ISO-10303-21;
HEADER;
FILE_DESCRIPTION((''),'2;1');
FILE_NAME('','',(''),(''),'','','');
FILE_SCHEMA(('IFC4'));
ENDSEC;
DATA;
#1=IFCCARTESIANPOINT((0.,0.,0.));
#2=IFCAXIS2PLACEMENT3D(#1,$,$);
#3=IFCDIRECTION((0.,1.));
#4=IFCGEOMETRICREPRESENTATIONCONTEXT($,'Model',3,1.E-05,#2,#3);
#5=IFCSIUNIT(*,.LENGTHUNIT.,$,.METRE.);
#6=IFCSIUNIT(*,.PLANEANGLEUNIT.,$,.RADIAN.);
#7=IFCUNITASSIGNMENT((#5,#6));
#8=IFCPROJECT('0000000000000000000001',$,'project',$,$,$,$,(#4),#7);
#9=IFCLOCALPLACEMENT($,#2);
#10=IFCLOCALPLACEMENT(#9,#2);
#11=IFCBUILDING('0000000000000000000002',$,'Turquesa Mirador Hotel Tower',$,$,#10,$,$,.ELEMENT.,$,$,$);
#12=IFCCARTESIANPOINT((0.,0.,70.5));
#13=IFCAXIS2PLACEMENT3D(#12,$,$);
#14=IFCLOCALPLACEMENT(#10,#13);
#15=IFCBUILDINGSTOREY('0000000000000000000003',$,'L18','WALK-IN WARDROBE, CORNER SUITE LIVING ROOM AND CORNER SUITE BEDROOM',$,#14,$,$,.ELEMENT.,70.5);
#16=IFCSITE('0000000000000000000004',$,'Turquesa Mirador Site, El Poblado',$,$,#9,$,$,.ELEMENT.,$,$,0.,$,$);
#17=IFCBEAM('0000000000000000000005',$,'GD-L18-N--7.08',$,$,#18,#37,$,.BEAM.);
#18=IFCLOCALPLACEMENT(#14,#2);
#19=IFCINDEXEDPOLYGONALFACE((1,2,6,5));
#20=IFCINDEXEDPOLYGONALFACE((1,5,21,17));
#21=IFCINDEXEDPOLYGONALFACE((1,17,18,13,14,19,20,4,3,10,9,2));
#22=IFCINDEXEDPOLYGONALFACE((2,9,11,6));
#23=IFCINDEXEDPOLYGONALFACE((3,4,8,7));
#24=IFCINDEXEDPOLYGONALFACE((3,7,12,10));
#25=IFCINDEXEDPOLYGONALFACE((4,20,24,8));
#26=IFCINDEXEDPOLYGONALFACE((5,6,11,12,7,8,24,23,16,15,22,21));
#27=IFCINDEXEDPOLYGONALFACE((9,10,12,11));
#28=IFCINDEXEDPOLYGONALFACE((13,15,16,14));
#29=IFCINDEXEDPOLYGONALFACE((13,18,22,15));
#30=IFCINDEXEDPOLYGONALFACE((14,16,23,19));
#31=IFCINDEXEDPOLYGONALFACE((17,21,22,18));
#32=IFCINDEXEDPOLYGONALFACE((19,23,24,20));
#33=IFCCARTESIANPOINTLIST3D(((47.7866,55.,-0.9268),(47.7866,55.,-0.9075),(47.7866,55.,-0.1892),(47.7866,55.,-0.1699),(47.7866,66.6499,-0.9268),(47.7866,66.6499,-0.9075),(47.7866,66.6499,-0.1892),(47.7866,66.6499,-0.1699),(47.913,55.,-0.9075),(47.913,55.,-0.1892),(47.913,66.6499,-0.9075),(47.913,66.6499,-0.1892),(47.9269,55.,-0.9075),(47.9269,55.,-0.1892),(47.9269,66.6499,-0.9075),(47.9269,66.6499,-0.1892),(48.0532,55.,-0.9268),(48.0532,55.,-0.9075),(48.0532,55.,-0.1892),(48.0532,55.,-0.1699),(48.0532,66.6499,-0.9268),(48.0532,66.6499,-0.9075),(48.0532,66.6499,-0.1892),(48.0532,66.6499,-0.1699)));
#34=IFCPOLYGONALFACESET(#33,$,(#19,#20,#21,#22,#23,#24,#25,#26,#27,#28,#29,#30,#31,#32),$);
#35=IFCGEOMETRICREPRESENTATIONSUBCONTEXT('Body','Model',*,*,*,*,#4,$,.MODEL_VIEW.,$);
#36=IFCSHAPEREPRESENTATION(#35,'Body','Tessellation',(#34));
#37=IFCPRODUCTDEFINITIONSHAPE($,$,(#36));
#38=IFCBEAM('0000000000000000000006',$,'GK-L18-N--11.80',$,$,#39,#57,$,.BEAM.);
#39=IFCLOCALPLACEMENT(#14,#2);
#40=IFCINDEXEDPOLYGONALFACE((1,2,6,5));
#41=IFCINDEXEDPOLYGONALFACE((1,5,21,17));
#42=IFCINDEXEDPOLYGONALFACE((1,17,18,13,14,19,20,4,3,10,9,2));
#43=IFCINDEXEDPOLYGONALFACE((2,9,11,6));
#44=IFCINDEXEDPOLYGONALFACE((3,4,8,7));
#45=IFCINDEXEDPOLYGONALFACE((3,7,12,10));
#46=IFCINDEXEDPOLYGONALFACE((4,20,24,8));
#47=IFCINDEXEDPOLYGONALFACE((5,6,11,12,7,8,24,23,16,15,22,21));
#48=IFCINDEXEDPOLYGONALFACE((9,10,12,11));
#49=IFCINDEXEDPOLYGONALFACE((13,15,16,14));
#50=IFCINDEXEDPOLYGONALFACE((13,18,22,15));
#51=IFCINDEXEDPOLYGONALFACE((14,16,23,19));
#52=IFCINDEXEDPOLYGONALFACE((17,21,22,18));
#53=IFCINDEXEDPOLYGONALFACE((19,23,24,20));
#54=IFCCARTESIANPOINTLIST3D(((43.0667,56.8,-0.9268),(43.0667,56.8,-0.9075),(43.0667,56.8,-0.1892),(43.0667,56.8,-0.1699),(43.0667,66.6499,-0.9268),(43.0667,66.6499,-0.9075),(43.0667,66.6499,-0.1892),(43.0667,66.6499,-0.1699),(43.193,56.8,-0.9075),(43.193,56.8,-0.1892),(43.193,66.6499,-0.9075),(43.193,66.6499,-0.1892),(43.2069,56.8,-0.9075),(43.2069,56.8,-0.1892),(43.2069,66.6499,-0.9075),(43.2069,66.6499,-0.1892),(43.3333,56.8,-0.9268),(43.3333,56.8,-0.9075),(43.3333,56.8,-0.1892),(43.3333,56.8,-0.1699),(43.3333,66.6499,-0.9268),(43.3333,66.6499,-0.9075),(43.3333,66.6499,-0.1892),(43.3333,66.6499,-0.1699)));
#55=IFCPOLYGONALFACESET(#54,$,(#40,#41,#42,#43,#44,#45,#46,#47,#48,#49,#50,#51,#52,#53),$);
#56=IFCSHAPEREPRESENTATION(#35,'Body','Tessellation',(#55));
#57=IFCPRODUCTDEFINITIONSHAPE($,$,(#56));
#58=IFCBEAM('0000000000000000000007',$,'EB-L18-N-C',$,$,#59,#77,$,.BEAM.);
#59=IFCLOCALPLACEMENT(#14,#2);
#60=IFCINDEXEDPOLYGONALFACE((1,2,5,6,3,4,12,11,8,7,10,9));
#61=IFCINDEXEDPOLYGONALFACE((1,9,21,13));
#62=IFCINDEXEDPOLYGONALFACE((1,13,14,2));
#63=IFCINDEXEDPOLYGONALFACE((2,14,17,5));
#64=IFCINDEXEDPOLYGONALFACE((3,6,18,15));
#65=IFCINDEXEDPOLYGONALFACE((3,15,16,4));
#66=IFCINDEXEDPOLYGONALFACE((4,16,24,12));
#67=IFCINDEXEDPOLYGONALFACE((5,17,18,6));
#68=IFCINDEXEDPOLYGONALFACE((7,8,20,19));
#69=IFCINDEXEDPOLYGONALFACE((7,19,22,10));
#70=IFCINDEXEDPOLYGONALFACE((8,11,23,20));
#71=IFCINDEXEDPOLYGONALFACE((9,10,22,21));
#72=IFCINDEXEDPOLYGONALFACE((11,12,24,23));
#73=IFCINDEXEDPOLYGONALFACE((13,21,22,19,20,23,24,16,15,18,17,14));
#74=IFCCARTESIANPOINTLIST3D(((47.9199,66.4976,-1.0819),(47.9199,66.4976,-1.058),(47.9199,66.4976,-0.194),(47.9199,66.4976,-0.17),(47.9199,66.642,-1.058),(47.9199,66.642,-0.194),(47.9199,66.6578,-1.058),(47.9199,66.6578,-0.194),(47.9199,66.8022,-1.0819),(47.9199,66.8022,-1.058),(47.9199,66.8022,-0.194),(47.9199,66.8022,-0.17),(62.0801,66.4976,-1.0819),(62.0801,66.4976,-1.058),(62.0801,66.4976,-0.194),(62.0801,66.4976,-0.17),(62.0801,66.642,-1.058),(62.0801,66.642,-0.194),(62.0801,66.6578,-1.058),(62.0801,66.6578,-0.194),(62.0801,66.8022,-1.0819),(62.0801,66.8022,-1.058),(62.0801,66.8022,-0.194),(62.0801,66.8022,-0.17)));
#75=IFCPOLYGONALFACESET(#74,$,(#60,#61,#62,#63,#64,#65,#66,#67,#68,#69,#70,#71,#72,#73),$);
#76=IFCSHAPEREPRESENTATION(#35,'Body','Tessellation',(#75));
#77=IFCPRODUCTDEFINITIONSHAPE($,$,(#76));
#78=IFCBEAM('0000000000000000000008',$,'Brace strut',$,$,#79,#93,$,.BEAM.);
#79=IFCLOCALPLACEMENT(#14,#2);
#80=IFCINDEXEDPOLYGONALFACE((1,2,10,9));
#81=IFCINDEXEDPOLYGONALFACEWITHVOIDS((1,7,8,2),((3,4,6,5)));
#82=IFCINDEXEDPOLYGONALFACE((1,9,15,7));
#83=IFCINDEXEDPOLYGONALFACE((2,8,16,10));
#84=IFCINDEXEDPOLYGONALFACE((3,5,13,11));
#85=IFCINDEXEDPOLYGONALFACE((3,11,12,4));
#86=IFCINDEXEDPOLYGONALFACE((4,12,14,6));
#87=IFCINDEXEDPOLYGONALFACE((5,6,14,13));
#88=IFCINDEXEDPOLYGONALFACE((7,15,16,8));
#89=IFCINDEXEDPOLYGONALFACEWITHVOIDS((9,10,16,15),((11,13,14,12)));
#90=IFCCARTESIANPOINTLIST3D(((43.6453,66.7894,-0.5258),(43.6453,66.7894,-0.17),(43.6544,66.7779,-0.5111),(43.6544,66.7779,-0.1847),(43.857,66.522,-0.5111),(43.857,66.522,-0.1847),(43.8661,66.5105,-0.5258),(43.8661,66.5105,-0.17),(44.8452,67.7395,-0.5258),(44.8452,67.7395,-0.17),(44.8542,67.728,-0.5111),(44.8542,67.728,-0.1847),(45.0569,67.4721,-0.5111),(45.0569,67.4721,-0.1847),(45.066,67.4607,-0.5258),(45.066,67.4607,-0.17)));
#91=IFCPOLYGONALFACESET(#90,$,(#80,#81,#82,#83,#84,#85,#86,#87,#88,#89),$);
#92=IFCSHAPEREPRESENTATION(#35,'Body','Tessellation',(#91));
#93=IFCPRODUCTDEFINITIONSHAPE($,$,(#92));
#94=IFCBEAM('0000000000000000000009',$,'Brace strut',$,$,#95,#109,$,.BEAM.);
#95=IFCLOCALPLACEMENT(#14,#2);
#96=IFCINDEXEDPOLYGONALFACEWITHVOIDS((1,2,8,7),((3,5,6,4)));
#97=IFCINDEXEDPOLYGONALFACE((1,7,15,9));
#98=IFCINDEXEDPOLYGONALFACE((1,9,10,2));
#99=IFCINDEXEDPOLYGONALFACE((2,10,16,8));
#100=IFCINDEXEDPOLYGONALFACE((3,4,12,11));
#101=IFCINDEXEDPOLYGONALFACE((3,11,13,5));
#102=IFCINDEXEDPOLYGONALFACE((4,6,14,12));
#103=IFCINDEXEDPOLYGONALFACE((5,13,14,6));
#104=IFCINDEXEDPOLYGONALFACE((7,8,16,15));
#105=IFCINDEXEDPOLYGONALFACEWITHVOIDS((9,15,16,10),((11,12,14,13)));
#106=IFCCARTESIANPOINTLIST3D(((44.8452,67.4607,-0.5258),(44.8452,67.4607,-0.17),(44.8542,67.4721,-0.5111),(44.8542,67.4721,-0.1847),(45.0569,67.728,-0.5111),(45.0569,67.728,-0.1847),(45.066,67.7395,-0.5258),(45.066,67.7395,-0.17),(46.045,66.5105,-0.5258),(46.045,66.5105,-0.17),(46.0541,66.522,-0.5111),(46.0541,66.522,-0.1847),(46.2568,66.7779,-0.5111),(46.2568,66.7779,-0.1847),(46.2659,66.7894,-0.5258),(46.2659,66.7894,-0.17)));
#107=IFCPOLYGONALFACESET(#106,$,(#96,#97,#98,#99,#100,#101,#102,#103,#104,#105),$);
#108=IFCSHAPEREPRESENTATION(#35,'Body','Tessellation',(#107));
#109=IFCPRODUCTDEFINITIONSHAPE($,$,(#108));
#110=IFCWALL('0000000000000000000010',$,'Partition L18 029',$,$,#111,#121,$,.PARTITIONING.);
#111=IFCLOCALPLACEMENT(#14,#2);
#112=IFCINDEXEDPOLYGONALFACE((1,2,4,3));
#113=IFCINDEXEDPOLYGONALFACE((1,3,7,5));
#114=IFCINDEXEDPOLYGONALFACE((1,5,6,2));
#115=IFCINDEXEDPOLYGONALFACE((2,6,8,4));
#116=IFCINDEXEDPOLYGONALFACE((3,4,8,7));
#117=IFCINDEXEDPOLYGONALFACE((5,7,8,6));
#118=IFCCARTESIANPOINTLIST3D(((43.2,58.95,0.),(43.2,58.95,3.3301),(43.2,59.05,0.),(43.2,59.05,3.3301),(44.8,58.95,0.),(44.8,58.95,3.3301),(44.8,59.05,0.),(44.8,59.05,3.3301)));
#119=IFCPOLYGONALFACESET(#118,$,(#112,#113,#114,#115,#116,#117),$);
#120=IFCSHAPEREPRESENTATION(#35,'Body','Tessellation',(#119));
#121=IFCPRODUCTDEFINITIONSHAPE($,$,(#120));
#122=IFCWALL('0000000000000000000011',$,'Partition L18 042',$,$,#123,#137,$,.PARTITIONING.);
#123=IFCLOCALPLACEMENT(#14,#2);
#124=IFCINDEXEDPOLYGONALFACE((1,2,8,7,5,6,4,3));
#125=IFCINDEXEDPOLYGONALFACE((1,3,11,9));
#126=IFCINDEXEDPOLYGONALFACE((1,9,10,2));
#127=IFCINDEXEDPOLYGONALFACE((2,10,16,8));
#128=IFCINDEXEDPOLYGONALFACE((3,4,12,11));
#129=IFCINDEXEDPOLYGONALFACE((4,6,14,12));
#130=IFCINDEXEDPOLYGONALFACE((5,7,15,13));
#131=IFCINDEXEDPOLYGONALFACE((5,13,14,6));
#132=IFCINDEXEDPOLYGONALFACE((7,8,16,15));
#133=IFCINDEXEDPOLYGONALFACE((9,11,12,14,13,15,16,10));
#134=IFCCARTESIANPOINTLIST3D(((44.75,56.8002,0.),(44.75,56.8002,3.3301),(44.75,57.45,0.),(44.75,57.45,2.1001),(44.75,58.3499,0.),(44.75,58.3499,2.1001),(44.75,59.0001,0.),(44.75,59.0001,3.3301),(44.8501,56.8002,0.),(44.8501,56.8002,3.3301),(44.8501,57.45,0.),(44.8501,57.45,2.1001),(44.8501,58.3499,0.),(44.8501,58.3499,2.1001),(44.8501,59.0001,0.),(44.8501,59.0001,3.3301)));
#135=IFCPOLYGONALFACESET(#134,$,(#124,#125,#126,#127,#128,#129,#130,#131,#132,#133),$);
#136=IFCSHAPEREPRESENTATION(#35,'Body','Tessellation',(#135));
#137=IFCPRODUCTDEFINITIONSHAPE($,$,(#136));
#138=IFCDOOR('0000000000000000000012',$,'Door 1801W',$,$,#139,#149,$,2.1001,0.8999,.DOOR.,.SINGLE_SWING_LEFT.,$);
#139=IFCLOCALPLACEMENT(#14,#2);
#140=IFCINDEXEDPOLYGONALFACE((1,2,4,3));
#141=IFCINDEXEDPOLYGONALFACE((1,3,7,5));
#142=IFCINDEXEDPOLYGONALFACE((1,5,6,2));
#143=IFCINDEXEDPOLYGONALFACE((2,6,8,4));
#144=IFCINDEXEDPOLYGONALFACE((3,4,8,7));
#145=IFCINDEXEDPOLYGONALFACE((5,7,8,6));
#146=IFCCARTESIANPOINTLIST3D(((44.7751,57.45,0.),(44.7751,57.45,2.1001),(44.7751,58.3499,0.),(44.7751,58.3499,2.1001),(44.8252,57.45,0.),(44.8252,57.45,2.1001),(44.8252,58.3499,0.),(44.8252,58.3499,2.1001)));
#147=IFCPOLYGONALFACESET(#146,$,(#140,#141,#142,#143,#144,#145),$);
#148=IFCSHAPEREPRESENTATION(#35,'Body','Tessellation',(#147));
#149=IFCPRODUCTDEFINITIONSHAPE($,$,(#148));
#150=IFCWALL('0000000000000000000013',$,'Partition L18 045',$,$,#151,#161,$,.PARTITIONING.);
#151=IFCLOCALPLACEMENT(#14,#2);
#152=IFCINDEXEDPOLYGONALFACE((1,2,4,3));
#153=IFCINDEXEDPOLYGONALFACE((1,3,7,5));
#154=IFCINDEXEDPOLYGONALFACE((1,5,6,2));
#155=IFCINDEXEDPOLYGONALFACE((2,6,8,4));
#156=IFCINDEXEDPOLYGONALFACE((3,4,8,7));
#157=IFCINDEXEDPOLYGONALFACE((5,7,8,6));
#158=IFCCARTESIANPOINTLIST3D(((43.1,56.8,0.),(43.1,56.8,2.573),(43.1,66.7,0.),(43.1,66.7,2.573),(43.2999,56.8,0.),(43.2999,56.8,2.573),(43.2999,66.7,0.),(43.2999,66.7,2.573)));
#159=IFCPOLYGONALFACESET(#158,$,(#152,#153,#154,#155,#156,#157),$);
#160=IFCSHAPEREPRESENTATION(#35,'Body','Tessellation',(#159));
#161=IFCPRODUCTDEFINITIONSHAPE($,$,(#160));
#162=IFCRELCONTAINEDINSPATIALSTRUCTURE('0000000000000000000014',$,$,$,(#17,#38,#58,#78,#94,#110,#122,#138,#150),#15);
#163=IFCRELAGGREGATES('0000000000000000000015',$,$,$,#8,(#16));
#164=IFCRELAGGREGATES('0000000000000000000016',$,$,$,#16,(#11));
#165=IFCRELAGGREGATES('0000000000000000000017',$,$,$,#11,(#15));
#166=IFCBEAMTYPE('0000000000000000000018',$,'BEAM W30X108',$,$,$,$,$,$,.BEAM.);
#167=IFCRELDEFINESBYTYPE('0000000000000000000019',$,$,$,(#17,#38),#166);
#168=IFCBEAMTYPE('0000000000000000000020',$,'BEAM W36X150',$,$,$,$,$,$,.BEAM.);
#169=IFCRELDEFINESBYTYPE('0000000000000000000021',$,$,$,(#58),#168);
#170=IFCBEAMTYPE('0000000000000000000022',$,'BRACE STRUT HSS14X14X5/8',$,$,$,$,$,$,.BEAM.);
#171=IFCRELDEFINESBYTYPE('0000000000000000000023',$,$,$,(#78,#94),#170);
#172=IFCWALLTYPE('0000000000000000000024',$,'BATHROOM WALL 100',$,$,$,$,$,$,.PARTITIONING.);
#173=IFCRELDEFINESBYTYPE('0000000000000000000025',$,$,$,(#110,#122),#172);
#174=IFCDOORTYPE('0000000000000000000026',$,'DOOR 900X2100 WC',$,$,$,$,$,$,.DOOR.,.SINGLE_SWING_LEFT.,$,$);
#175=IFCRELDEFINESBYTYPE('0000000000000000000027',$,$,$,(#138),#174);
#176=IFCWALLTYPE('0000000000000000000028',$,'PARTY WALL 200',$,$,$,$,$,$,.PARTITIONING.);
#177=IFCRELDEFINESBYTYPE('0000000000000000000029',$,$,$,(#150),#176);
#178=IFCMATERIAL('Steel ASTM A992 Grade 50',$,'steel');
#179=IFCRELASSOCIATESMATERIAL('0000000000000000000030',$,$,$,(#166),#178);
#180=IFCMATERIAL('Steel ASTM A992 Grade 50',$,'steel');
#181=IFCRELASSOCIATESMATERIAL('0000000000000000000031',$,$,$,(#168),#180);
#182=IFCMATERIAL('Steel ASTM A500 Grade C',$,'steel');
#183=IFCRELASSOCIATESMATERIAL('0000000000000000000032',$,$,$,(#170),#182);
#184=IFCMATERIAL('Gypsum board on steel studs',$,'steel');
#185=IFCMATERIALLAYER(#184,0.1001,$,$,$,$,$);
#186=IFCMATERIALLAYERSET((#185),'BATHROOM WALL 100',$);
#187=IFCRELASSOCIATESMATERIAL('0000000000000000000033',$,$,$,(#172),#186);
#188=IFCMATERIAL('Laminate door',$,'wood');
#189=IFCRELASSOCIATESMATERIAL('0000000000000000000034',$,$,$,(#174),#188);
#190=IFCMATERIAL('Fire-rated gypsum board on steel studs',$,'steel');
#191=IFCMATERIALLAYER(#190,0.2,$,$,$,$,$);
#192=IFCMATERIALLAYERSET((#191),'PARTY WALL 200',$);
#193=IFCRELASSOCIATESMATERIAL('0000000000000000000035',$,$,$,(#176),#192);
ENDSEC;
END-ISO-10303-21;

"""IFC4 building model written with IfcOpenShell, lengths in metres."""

from ifc_helpers import new_model, si_unit, direction, frame, frame_2d, origin, origin_2d, place, context, subcontext, project, spatial, rectangle, hollow_rectangle, i_section, extrude, material, layer, layer_set, material_profile, profile_set, type_object, element, fill, save


model = new_model("IFC4")

# Units and contexts
model_context = context("Model", 3, precision=1e-05, world=origin(), true_north=direction((0.0, 1.0)))
body_context = subcontext(model_context, "Body", "Model", "MODEL_VIEW")
ifc_project = project(units=[si_unit("LENGTHUNIT", "METRE"), si_unit("PLANEANGLEUNIT", "RADIAN")], contexts=[model_context])

# Site, building, storey
site_placement = place(None, origin())
site = spatial("IfcSite", under=ifc_project, at=site_placement, Name="Turquesa Mirador Site, El Poblado", CompositionType="ELEMENT", RefElevation=0.0)
building_placement = place(site_placement, origin())
building = spatial("IfcBuilding", under=site, at=building_placement, Name="Turquesa Mirador Hotel Tower", CompositionType="ELEMENT")
storey_placement = place(building_placement, frame((0.0, 0.0, 70.5)))
storey = spatial("IfcBuildingStorey", under=building, at=storey_placement, Name="L18", Description="WALK-IN WARDROBE, CORNER SUITE LIVING ROOM AND CORNER SUITE BEDROOM", CompositionType="ELEMENT", Elevation=70.5)

# Beams
ifc_material_1 = material(Name="Steel ASTM A992 Grade 50", Category="steel")
ifc_material_profile_1 = material_profile(ifc_material_1, i_section(OverallWidth=0.2666, OverallDepth=0.7568, WebThickness=0.0139, FlangeThickness=0.0193, at=origin_2d()), Name="W30X108")
ifc_profile_set_1 = profile_set([ifc_material_profile_1], Name="Steel ASTM A992 Grade 50")
beam_type_1 = type_object("IfcBeamType", Name="BEAM W30X108", PredefinedType="BEAM", material=ifc_profile_set_1)
beam_1_placement = place(storey_placement, frame((47.9199, 66.6499, -0.5483), z_axis=(0.0, -1.0, 0.0), x_axis=(1.0, 0.0, 0.0)))
element("IfcBeam", 1, at=beam_1_placement, inside=storey, type_object=beam_type_1, Name="GD-L18-N--7.08", PredefinedType="BEAM", context=body_context, shape_type="SweptSolid", body=[
    extrude(i_section(OverallWidth=0.2666, OverallDepth=0.7568, WebThickness=0.0139, FlangeThickness=0.0193, at=origin_2d()), origin(), (0.0, 0.0, 1.0), 11.6499),
])
beam_2_placement = place(storey_placement, frame((43.2, 66.6499, -0.5483), z_axis=(0.0, -1.0, 0.0), x_axis=(1.0, 0.0, 0.0)))
element("IfcBeam", 2, at=beam_2_placement, inside=storey, type_object=beam_type_1, Name="GK-L18-N--11.80", PredefinedType="BEAM", context=body_context, shape_type="SweptSolid", body=[
    extrude(i_section(OverallWidth=0.2666, OverallDepth=0.7568, WebThickness=0.0139, FlangeThickness=0.0193, at=origin_2d()), origin(), (0.0, 0.0, 1.0), 9.8499),
])
ifc_material_2 = material(Name="Steel ASTM A992 Grade 50", Category="steel")
ifc_material_profile_2 = material_profile(ifc_material_2, i_section(OverallWidth=0.3047, OverallDepth=0.9119, WebThickness=0.0159, FlangeThickness=0.0239, at=origin_2d()), Name="W36X150")
ifc_profile_set_2 = profile_set([ifc_material_profile_2], Name="Steel ASTM A992 Grade 50")
beam_type_2 = type_object("IfcBeamType", Name="BEAM W36X150", PredefinedType="BEAM", material=ifc_profile_set_2)
beam_3_placement = place(storey_placement, frame((47.9199, 66.6499, -0.626), z_axis=(1.0, 0.0, 0.0), x_axis=(0.0, 1.0, 0.0)))
element("IfcBeam", 3, at=beam_3_placement, inside=storey, type_object=beam_type_2, Name="EB-L18-N-C", PredefinedType="BEAM", context=body_context, shape_type="SweptSolid", body=[
    extrude(i_section(OverallWidth=0.3047, OverallDepth=0.9119, WebThickness=0.0159, FlangeThickness=0.0239, at=origin_2d()), origin(), (0.0, 0.0, 1.0), 14.1602),
])
ifc_material_3 = material(Name="Steel ASTM A500 Grade C", Category="steel")
ifc_material_profile_3 = material_profile(ifc_material_3, hollow_rectangle(XDim=0.3557, YDim=0.3557, WallThickness=0.0146, at=origin_2d()), Name="HSS14X14X5/8")
ifc_profile_set_3 = profile_set([ifc_material_profile_3], Name="Steel ASTM A500 Grade C")
beam_type_3 = type_object("IfcBeamType", Name="BRACE STRUT HSS14X14X5/8", PredefinedType="BEAM", material=ifc_profile_set_3)
for number, where, z_axis, x_axis, name in (
    (4, (44.9556, 67.6001, -0.3479), (-0.783971, -0.620797, 0.0), (0.620797, -0.783971, 0.0), "Brace strut"),
    (5, (44.9556, 67.6001, -0.3479), (0.783971, -0.620797, 0.0), (0.620797, 0.783971, 0.0), "Brace strut"),
):
    element("IfcBeam", number, at=place(storey_placement, frame(where, z_axis=z_axis, x_axis=x_axis)), inside=storey, type_object=beam_type_3, Name=name, PredefinedType="BEAM", context=body_context, shape_type="SweptSolid", body=[
        extrude(hollow_rectangle(XDim=0.3557, YDim=0.3557, WallThickness=0.0146, at=origin_2d()), origin(), (0.0, 0.0, 1.0), 1.5305),
    ])

# Wall
ifc_material_4 = material(Name="Gypsum board on steel studs", Category="steel")
ifc_layer_1 = layer(ifc_material_4, 0.1001)
ifc_layer_set_1 = layer_set([ifc_layer_1], Name="BATHROOM WALL 100")
wall_type_1 = type_object("IfcWallType", Name="BATHROOM WALL 100", PredefinedType="PARTITIONING", material=ifc_layer_set_1)
wall_1_placement = place(storey_placement, frame((43.2, 59.0, 0.0), z_axis=(0.0, 0.0, 1.0), x_axis=(1.0, 0.0, 0.0)))
element("IfcWall", 6, at=wall_1_placement, inside=storey, type_object=wall_type_1, Name="Partition L18 029", PredefinedType="PARTITIONING", context=body_context, shape_type="SweptSolid", body=[
    extrude(rectangle(XDim=1.6001, YDim=0.1001, at=frame_2d((0.8, 0.0))), origin(), (0.0, 0.0, 1.0), 3.3301),
])

# Wall, opening, door
wall_2_placement = place(storey_placement, frame((44.8, 56.8, 0.0), z_axis=(0.0, 0.0, 1.0), x_axis=(0.0, 1.0, 0.0)))
wall_2 = element("IfcWall", 7, at=wall_2_placement, inside=storey, type_object=wall_type_1, Name="Partition L18 042", PredefinedType="PARTITIONING", context=body_context, shape_type="SweptSolid", body=[
    extrude(rectangle(XDim=2.2, YDim=0.1001, at=frame_2d((1.1001, 0.0))), origin(), (0.0, 0.0, 1.0), 3.3301),
])
opening_1_placement = place(wall_2_placement, frame((0.6499, 0.0, 0.0)))
opening_1 = element("IfcOpeningElement", 8, at=opening_1_placement, cuts=wall_2, PredefinedType="OPENING", context=body_context, shape_type="SweptSolid", body=[
    extrude(rectangle(XDim=0.8999, YDim=2.1001, at=frame_2d((0.45, 1.05))), frame((0.0, 0.0601, 0.0), z_axis=(0.0, -1.0, 0.0), x_axis=(1.0, 0.0, 0.0)), (0.0, 0.0, 1.0), 0.1201),
])
ifc_material_5 = material(Name="Laminate door", Category="wood")
door_type_1 = type_object("IfcDoorType", Name="DOOR 900X2100 WC", OperationType="SINGLE_SWING_LEFT", PredefinedType="DOOR", material=ifc_material_5)
door_1_placement = place(opening_1_placement, origin())
door_1 = element("IfcDoor", 9, at=door_1_placement, inside=storey, type_object=door_type_1, Name="Door 1801W", OperationType="SINGLE_SWING_LEFT", OverallHeight=2.1001, OverallWidth=0.8999, PredefinedType="DOOR", context=body_context, shape_type="SweptSolid", body=[
    extrude(rectangle(XDim=0.8999, YDim=2.1001, at=frame_2d((0.45, 1.05))), frame((0.0, 0.0249, 0.0), z_axis=(0.0, -1.0, 0.0), x_axis=(1.0, 0.0, 0.0)), (0.0, 0.0, 1.0), 0.05),
])
fill(opening_1, door_1)

# Wall
ifc_material_6 = material(Name="Fire-rated gypsum board on steel studs", Category="steel")
ifc_layer_2 = layer(ifc_material_6, 0.2)
ifc_layer_set_2 = layer_set([ifc_layer_2], Name="PARTY WALL 200")
wall_type_2 = type_object("IfcWallType", Name="PARTY WALL 200", PredefinedType="PARTITIONING", material=ifc_layer_set_2)
wall_3_placement = place(storey_placement, frame((43.2, 56.8, 0.0), z_axis=(0.0, 0.0, 1.0), x_axis=(0.0, 1.0, 0.0)))
element("IfcWall", 10, at=wall_3_placement, inside=storey, type_object=wall_type_2, Name="Partition L18 045", PredefinedType="PARTITIONING", context=body_context, shape_type="SweptSolid", body=[
    extrude(rectangle(XDim=9.8999, YDim=0.2, at=frame_2d((4.95, 0.0))), origin(), (0.0, 0.0, 1.0), 2.573),
])

save(model, "model.ifc")
